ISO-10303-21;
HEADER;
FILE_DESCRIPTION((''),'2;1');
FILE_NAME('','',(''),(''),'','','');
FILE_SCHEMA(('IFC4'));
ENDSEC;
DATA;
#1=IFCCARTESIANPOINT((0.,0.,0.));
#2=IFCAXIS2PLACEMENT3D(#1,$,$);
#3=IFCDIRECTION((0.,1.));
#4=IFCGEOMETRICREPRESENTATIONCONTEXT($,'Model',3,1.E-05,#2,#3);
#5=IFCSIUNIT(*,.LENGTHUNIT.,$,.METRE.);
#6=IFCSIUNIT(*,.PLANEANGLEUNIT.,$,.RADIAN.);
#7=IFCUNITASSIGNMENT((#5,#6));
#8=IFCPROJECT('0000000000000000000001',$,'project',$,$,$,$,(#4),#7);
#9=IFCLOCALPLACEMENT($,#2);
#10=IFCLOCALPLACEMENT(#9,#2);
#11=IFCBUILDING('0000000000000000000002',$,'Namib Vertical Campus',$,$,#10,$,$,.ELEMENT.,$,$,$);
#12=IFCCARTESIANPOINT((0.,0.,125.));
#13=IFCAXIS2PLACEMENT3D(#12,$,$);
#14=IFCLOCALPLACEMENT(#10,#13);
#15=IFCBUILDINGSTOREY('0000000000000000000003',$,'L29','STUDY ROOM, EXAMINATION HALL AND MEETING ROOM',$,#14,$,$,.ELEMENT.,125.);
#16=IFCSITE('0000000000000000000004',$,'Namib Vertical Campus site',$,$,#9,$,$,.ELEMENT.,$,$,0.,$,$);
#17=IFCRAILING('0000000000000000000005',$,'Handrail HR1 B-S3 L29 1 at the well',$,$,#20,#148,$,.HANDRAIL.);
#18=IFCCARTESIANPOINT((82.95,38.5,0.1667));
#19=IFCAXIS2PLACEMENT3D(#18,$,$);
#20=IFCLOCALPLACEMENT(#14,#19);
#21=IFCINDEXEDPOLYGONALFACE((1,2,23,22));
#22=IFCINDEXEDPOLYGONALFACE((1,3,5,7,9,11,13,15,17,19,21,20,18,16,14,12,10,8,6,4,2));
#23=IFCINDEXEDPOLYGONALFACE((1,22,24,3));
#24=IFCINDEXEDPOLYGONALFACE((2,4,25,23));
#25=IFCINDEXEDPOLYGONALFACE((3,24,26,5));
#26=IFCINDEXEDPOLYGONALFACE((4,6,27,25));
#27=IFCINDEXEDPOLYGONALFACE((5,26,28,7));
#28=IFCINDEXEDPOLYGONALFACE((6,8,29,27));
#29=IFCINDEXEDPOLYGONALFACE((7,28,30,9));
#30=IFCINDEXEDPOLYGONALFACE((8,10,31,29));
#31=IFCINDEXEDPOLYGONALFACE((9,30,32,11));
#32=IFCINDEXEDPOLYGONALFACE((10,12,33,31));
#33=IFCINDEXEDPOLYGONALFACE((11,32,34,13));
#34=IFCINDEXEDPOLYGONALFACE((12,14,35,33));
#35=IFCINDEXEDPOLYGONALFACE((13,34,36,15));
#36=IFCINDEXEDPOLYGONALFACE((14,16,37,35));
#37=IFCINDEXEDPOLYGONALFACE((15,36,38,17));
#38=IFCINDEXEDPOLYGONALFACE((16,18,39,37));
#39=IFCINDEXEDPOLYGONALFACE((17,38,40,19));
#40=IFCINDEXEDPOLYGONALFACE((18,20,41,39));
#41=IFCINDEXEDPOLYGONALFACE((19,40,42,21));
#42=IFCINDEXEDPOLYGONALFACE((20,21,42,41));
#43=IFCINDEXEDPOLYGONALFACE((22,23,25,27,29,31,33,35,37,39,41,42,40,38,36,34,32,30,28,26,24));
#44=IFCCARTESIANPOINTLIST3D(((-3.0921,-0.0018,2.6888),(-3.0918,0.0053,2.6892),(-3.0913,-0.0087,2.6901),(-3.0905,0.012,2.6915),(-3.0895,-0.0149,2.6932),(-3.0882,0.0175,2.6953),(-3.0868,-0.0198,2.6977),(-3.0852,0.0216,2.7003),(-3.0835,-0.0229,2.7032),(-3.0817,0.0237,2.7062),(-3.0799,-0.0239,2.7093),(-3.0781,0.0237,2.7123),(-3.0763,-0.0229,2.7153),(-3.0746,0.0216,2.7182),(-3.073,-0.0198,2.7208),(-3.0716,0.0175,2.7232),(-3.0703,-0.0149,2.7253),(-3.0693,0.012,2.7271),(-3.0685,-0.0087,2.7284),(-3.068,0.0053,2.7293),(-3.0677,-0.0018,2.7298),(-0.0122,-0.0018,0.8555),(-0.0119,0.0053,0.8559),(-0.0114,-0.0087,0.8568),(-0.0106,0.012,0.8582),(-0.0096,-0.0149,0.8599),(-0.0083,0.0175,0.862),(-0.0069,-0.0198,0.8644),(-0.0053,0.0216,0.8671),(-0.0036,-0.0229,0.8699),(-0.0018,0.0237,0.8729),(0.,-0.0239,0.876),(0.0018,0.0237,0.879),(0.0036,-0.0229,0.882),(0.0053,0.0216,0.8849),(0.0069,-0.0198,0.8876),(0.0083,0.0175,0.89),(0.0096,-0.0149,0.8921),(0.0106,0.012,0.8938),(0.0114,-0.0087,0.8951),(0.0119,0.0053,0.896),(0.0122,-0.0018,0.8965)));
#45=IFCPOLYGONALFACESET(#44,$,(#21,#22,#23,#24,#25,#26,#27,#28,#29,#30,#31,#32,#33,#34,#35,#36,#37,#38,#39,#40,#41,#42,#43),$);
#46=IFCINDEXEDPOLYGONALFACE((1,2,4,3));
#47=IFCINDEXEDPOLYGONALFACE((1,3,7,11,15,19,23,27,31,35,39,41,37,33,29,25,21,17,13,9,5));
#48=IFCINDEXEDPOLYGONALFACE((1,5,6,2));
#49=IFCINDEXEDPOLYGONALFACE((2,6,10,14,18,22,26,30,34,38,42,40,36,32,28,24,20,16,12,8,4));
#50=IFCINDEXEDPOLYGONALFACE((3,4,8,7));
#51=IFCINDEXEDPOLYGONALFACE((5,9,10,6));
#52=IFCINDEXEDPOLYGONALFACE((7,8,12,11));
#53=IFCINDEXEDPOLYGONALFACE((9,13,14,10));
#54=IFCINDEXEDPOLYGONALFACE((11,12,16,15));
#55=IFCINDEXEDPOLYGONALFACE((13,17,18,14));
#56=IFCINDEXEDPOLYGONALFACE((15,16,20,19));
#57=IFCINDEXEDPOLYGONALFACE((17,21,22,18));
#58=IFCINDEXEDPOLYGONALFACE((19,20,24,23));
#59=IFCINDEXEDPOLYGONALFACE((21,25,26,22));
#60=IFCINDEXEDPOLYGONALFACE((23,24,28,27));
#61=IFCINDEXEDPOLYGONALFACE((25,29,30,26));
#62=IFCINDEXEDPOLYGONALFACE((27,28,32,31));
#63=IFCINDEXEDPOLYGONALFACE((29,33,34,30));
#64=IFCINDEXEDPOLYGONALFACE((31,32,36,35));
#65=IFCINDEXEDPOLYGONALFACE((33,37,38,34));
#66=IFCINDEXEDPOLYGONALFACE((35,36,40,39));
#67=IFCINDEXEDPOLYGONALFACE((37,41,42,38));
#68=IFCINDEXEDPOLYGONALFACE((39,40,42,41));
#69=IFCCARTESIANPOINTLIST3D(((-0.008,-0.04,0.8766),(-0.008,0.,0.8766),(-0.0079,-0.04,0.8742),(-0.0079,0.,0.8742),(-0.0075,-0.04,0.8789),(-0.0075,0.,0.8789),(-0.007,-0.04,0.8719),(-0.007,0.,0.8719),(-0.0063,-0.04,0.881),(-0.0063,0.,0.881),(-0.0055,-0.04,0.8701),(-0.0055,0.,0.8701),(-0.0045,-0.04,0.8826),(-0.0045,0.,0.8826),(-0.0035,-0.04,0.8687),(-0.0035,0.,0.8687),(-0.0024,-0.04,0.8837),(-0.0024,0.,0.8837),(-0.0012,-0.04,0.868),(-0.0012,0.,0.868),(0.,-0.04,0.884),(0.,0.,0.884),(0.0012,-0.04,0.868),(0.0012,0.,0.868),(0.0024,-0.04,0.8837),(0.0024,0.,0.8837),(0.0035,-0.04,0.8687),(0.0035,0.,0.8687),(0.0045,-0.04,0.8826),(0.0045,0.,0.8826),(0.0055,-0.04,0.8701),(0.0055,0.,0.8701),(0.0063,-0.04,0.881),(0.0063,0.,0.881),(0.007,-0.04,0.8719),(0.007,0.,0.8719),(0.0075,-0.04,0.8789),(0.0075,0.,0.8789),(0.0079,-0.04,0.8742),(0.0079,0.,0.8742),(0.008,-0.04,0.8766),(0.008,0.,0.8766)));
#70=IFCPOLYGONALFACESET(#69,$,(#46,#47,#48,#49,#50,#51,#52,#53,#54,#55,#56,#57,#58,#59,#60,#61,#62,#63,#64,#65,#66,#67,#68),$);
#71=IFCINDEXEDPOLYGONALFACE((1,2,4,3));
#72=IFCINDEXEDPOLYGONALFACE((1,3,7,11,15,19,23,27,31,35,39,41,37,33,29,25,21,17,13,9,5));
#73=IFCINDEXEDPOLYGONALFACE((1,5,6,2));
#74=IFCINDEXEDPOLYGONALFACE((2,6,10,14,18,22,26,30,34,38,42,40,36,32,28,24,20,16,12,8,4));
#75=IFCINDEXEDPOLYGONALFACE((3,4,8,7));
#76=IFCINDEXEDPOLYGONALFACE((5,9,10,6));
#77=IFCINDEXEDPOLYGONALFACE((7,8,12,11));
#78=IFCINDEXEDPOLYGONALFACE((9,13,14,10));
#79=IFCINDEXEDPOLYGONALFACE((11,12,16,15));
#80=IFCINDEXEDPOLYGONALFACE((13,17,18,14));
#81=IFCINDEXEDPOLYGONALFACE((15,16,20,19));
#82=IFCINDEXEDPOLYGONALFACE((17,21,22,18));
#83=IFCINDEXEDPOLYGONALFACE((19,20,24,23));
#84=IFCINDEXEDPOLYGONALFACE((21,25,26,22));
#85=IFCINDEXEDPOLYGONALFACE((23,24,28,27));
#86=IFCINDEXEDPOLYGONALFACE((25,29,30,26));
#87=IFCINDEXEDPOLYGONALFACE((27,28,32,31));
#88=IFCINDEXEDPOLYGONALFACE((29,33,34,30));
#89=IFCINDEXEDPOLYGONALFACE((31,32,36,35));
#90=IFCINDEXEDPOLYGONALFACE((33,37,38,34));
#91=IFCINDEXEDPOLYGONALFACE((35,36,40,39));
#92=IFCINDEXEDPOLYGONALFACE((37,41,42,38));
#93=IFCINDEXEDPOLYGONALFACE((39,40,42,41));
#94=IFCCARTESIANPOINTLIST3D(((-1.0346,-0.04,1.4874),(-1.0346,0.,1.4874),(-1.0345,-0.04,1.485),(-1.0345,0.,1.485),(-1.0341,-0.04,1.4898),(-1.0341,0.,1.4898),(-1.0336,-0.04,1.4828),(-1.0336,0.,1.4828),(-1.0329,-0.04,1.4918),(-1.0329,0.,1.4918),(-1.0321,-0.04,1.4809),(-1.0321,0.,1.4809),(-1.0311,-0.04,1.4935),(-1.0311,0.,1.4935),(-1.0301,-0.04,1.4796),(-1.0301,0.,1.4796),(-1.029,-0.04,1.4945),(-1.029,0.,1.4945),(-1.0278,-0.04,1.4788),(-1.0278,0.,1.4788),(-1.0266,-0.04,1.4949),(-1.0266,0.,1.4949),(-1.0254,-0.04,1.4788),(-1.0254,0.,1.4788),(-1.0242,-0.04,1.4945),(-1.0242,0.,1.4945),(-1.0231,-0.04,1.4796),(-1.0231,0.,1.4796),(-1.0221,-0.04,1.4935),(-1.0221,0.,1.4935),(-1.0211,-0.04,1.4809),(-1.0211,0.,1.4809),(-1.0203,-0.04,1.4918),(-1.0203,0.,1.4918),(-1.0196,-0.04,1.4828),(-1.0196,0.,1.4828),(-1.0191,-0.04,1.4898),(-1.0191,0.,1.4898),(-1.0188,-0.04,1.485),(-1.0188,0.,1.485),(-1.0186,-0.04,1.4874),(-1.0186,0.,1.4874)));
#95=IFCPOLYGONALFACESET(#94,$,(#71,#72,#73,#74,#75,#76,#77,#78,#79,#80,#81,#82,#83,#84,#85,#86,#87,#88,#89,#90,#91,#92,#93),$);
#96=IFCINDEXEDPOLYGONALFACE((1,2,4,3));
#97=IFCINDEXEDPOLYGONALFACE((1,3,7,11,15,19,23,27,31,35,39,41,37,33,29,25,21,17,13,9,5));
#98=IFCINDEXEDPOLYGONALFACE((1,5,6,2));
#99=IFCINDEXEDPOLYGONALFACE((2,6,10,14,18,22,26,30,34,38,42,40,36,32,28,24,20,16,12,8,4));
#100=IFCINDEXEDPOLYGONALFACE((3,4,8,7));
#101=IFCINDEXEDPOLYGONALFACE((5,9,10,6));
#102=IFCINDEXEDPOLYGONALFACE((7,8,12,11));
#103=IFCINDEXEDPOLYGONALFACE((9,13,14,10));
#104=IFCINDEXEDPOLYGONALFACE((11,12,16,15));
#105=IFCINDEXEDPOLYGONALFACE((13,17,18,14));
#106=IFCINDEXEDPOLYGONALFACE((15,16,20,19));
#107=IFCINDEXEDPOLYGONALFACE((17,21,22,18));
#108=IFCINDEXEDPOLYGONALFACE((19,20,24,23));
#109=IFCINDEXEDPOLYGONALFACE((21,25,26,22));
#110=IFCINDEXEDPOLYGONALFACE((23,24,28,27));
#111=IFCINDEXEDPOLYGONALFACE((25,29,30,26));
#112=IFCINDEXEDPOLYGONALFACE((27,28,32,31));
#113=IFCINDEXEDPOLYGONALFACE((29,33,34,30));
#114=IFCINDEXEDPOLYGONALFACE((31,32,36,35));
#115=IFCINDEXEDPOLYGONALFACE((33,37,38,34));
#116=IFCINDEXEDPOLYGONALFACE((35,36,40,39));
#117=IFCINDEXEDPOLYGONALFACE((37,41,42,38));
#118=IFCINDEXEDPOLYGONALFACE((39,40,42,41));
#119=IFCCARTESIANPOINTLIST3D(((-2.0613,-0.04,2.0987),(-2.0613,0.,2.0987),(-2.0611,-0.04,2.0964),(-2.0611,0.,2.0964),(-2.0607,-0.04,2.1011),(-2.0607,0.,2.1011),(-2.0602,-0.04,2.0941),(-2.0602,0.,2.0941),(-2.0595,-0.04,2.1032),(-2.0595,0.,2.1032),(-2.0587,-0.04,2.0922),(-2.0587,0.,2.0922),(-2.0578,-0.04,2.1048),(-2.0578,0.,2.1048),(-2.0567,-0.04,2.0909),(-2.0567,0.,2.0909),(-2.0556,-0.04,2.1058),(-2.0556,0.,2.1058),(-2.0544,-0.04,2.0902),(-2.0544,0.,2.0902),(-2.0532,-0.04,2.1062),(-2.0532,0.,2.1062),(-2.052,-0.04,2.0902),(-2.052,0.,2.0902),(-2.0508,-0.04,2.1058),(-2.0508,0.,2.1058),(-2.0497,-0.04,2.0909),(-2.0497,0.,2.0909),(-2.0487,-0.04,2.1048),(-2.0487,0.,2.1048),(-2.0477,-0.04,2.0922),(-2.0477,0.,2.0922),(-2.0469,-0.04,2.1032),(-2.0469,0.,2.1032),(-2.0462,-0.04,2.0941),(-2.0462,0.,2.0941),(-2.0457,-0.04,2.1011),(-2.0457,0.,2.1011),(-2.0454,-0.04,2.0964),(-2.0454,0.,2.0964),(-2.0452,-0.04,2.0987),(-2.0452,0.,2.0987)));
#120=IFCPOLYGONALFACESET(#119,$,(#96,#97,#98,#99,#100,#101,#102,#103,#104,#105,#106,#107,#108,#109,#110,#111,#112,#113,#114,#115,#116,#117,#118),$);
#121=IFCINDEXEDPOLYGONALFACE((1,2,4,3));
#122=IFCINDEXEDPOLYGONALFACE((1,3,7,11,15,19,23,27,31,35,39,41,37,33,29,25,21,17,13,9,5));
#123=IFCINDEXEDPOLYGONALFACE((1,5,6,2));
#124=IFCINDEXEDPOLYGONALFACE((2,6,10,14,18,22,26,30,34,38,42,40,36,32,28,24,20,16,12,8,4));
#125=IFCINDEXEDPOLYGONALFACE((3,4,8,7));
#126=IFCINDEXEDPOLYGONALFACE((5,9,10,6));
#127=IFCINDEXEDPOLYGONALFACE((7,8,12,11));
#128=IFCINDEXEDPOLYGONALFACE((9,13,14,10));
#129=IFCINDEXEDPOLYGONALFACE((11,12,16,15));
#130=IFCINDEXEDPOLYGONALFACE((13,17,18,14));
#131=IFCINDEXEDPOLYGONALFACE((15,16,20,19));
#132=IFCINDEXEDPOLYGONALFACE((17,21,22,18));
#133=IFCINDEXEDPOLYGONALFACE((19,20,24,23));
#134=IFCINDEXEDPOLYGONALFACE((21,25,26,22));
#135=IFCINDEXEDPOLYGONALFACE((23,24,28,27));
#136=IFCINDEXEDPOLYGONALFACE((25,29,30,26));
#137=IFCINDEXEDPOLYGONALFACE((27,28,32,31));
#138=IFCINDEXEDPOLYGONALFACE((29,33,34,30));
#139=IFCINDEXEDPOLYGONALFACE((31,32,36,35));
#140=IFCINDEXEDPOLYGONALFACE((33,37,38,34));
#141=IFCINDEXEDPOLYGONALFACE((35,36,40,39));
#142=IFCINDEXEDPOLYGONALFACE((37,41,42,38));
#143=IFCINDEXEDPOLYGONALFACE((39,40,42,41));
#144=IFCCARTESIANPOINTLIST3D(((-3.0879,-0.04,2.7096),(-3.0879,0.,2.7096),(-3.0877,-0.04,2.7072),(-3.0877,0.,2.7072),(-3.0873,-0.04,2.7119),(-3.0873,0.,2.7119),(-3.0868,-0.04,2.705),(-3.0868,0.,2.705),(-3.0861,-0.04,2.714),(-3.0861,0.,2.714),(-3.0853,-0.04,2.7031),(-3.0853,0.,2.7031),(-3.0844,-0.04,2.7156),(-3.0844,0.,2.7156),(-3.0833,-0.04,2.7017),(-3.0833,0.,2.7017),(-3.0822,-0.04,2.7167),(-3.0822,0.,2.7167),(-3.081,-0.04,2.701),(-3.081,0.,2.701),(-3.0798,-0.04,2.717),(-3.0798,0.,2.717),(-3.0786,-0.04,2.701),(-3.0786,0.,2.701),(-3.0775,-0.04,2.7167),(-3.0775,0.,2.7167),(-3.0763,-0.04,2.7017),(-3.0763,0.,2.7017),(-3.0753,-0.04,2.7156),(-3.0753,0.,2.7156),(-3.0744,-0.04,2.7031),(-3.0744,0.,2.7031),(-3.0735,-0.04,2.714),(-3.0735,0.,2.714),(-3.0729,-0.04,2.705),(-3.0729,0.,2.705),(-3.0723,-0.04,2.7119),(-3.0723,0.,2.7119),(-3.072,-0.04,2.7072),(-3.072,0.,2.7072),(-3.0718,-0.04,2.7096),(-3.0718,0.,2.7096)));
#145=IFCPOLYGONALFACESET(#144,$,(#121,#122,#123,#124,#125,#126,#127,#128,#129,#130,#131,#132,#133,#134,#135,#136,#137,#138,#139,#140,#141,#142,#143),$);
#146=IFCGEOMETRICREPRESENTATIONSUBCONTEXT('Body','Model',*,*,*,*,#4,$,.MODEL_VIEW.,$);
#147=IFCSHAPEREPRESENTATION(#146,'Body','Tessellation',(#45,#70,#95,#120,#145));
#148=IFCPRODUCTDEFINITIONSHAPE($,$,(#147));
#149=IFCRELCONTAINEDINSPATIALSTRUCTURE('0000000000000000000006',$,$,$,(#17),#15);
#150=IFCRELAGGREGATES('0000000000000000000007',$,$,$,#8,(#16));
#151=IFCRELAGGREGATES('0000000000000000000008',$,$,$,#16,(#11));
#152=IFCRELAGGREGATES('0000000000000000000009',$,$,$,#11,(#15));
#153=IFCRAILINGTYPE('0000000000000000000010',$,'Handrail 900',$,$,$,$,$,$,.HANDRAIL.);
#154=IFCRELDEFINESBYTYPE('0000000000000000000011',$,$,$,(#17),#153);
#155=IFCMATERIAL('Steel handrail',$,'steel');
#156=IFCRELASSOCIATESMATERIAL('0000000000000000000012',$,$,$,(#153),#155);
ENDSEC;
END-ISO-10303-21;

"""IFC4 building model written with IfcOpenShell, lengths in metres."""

from ifc_helpers import new_model, si_unit, direction, frame, origin, origin_2d, place, context, subcontext, project, spatial, circle, extrude, material, type_object, element, save


model = new_model("IFC4")

# Units and contexts
model_context = context("Model", 3, precision=1e-05, world=origin(), true_north=direction((0.0, 1.0)))
body_context = subcontext(model_context, "Body", "Model", "MODEL_VIEW")
ifc_project = project(units=[si_unit("LENGTHUNIT", "METRE"), si_unit("PLANEANGLEUNIT", "RADIAN")], contexts=[model_context])

# Site, building, storey
site_placement = place(None, origin())
site = spatial("IfcSite", under=ifc_project, at=site_placement, Name="Namib Vertical Campus site", CompositionType="ELEMENT", RefElevation=0.0)
building_placement = place(site_placement, origin())
building = spatial("IfcBuilding", under=site, at=building_placement, Name="Namib Vertical Campus", CompositionType="ELEMENT")
storey_placement = place(building_placement, frame((0.0, 0.0, 125.0)))
storey = spatial("IfcBuildingStorey", under=building, at=storey_placement, Name="L29", Description="STUDY ROOM, EXAMINATION HALL AND MEETING ROOM", CompositionType="ELEMENT", Elevation=125.0)

# Railing
ifc_material_1 = material(Name="Steel handrail", Category="steel")
railing_type_1 = type_object("IfcRailingType", Name="Handrail 900", PredefinedType="HANDRAIL", material=ifc_material_1)
railing_1_placement = place(storey_placement, frame((82.95, 38.5, 0.1667)))
element("IfcRailing", 1, at=railing_1_placement, inside=storey, type_object=railing_type_1, Name="Handrail HR1 B-S3 L29 1 at the well", PredefinedType="HANDRAIL", context=body_context, shape_type="SweptSolid", body=[
    extrude(circle(Radius=0.0239, at=origin_2d()), frame((0.0, 0.0, 0.876), z_axis=(-0.859291, 0.0, 0.511487), x_axis=(0.0, -1.0, 0.0)), (0.0, 0.0, 1.0), 3.5842),
    extrude(circle(Radius=0.0081, at=origin_2d()), frame((0.0, 0.0, 0.876), z_axis=(0.0, -1.0, 0.0), x_axis=(0.0, 0.0, 1.0)), (0.0, 0.0, 1.0), 0.04),
    extrude(circle(Radius=0.0081, at=origin_2d()), frame((-1.0266, 0.0, 1.4868), z_axis=(0.0, -1.0, 0.0), x_axis=(0.0, 0.0, 1.0)), (0.0, 0.0, 1.0), 0.04),
    extrude(circle(Radius=0.0081, at=origin_2d()), frame((-2.0532, 0.0, 2.0981), z_axis=(0.0, -1.0, 0.0), x_axis=(0.0, 0.0, 1.0)), (0.0, 0.0, 1.0), 0.04),
    extrude(circle(Radius=0.0081, at=origin_2d()), frame((-3.0798, 0.0, 2.709), z_axis=(0.0, -1.0, 0.0), x_axis=(0.0, 0.0, 1.0)), (0.0, 0.0, 1.0), 0.04),
])

save(model, "model.ifc")
